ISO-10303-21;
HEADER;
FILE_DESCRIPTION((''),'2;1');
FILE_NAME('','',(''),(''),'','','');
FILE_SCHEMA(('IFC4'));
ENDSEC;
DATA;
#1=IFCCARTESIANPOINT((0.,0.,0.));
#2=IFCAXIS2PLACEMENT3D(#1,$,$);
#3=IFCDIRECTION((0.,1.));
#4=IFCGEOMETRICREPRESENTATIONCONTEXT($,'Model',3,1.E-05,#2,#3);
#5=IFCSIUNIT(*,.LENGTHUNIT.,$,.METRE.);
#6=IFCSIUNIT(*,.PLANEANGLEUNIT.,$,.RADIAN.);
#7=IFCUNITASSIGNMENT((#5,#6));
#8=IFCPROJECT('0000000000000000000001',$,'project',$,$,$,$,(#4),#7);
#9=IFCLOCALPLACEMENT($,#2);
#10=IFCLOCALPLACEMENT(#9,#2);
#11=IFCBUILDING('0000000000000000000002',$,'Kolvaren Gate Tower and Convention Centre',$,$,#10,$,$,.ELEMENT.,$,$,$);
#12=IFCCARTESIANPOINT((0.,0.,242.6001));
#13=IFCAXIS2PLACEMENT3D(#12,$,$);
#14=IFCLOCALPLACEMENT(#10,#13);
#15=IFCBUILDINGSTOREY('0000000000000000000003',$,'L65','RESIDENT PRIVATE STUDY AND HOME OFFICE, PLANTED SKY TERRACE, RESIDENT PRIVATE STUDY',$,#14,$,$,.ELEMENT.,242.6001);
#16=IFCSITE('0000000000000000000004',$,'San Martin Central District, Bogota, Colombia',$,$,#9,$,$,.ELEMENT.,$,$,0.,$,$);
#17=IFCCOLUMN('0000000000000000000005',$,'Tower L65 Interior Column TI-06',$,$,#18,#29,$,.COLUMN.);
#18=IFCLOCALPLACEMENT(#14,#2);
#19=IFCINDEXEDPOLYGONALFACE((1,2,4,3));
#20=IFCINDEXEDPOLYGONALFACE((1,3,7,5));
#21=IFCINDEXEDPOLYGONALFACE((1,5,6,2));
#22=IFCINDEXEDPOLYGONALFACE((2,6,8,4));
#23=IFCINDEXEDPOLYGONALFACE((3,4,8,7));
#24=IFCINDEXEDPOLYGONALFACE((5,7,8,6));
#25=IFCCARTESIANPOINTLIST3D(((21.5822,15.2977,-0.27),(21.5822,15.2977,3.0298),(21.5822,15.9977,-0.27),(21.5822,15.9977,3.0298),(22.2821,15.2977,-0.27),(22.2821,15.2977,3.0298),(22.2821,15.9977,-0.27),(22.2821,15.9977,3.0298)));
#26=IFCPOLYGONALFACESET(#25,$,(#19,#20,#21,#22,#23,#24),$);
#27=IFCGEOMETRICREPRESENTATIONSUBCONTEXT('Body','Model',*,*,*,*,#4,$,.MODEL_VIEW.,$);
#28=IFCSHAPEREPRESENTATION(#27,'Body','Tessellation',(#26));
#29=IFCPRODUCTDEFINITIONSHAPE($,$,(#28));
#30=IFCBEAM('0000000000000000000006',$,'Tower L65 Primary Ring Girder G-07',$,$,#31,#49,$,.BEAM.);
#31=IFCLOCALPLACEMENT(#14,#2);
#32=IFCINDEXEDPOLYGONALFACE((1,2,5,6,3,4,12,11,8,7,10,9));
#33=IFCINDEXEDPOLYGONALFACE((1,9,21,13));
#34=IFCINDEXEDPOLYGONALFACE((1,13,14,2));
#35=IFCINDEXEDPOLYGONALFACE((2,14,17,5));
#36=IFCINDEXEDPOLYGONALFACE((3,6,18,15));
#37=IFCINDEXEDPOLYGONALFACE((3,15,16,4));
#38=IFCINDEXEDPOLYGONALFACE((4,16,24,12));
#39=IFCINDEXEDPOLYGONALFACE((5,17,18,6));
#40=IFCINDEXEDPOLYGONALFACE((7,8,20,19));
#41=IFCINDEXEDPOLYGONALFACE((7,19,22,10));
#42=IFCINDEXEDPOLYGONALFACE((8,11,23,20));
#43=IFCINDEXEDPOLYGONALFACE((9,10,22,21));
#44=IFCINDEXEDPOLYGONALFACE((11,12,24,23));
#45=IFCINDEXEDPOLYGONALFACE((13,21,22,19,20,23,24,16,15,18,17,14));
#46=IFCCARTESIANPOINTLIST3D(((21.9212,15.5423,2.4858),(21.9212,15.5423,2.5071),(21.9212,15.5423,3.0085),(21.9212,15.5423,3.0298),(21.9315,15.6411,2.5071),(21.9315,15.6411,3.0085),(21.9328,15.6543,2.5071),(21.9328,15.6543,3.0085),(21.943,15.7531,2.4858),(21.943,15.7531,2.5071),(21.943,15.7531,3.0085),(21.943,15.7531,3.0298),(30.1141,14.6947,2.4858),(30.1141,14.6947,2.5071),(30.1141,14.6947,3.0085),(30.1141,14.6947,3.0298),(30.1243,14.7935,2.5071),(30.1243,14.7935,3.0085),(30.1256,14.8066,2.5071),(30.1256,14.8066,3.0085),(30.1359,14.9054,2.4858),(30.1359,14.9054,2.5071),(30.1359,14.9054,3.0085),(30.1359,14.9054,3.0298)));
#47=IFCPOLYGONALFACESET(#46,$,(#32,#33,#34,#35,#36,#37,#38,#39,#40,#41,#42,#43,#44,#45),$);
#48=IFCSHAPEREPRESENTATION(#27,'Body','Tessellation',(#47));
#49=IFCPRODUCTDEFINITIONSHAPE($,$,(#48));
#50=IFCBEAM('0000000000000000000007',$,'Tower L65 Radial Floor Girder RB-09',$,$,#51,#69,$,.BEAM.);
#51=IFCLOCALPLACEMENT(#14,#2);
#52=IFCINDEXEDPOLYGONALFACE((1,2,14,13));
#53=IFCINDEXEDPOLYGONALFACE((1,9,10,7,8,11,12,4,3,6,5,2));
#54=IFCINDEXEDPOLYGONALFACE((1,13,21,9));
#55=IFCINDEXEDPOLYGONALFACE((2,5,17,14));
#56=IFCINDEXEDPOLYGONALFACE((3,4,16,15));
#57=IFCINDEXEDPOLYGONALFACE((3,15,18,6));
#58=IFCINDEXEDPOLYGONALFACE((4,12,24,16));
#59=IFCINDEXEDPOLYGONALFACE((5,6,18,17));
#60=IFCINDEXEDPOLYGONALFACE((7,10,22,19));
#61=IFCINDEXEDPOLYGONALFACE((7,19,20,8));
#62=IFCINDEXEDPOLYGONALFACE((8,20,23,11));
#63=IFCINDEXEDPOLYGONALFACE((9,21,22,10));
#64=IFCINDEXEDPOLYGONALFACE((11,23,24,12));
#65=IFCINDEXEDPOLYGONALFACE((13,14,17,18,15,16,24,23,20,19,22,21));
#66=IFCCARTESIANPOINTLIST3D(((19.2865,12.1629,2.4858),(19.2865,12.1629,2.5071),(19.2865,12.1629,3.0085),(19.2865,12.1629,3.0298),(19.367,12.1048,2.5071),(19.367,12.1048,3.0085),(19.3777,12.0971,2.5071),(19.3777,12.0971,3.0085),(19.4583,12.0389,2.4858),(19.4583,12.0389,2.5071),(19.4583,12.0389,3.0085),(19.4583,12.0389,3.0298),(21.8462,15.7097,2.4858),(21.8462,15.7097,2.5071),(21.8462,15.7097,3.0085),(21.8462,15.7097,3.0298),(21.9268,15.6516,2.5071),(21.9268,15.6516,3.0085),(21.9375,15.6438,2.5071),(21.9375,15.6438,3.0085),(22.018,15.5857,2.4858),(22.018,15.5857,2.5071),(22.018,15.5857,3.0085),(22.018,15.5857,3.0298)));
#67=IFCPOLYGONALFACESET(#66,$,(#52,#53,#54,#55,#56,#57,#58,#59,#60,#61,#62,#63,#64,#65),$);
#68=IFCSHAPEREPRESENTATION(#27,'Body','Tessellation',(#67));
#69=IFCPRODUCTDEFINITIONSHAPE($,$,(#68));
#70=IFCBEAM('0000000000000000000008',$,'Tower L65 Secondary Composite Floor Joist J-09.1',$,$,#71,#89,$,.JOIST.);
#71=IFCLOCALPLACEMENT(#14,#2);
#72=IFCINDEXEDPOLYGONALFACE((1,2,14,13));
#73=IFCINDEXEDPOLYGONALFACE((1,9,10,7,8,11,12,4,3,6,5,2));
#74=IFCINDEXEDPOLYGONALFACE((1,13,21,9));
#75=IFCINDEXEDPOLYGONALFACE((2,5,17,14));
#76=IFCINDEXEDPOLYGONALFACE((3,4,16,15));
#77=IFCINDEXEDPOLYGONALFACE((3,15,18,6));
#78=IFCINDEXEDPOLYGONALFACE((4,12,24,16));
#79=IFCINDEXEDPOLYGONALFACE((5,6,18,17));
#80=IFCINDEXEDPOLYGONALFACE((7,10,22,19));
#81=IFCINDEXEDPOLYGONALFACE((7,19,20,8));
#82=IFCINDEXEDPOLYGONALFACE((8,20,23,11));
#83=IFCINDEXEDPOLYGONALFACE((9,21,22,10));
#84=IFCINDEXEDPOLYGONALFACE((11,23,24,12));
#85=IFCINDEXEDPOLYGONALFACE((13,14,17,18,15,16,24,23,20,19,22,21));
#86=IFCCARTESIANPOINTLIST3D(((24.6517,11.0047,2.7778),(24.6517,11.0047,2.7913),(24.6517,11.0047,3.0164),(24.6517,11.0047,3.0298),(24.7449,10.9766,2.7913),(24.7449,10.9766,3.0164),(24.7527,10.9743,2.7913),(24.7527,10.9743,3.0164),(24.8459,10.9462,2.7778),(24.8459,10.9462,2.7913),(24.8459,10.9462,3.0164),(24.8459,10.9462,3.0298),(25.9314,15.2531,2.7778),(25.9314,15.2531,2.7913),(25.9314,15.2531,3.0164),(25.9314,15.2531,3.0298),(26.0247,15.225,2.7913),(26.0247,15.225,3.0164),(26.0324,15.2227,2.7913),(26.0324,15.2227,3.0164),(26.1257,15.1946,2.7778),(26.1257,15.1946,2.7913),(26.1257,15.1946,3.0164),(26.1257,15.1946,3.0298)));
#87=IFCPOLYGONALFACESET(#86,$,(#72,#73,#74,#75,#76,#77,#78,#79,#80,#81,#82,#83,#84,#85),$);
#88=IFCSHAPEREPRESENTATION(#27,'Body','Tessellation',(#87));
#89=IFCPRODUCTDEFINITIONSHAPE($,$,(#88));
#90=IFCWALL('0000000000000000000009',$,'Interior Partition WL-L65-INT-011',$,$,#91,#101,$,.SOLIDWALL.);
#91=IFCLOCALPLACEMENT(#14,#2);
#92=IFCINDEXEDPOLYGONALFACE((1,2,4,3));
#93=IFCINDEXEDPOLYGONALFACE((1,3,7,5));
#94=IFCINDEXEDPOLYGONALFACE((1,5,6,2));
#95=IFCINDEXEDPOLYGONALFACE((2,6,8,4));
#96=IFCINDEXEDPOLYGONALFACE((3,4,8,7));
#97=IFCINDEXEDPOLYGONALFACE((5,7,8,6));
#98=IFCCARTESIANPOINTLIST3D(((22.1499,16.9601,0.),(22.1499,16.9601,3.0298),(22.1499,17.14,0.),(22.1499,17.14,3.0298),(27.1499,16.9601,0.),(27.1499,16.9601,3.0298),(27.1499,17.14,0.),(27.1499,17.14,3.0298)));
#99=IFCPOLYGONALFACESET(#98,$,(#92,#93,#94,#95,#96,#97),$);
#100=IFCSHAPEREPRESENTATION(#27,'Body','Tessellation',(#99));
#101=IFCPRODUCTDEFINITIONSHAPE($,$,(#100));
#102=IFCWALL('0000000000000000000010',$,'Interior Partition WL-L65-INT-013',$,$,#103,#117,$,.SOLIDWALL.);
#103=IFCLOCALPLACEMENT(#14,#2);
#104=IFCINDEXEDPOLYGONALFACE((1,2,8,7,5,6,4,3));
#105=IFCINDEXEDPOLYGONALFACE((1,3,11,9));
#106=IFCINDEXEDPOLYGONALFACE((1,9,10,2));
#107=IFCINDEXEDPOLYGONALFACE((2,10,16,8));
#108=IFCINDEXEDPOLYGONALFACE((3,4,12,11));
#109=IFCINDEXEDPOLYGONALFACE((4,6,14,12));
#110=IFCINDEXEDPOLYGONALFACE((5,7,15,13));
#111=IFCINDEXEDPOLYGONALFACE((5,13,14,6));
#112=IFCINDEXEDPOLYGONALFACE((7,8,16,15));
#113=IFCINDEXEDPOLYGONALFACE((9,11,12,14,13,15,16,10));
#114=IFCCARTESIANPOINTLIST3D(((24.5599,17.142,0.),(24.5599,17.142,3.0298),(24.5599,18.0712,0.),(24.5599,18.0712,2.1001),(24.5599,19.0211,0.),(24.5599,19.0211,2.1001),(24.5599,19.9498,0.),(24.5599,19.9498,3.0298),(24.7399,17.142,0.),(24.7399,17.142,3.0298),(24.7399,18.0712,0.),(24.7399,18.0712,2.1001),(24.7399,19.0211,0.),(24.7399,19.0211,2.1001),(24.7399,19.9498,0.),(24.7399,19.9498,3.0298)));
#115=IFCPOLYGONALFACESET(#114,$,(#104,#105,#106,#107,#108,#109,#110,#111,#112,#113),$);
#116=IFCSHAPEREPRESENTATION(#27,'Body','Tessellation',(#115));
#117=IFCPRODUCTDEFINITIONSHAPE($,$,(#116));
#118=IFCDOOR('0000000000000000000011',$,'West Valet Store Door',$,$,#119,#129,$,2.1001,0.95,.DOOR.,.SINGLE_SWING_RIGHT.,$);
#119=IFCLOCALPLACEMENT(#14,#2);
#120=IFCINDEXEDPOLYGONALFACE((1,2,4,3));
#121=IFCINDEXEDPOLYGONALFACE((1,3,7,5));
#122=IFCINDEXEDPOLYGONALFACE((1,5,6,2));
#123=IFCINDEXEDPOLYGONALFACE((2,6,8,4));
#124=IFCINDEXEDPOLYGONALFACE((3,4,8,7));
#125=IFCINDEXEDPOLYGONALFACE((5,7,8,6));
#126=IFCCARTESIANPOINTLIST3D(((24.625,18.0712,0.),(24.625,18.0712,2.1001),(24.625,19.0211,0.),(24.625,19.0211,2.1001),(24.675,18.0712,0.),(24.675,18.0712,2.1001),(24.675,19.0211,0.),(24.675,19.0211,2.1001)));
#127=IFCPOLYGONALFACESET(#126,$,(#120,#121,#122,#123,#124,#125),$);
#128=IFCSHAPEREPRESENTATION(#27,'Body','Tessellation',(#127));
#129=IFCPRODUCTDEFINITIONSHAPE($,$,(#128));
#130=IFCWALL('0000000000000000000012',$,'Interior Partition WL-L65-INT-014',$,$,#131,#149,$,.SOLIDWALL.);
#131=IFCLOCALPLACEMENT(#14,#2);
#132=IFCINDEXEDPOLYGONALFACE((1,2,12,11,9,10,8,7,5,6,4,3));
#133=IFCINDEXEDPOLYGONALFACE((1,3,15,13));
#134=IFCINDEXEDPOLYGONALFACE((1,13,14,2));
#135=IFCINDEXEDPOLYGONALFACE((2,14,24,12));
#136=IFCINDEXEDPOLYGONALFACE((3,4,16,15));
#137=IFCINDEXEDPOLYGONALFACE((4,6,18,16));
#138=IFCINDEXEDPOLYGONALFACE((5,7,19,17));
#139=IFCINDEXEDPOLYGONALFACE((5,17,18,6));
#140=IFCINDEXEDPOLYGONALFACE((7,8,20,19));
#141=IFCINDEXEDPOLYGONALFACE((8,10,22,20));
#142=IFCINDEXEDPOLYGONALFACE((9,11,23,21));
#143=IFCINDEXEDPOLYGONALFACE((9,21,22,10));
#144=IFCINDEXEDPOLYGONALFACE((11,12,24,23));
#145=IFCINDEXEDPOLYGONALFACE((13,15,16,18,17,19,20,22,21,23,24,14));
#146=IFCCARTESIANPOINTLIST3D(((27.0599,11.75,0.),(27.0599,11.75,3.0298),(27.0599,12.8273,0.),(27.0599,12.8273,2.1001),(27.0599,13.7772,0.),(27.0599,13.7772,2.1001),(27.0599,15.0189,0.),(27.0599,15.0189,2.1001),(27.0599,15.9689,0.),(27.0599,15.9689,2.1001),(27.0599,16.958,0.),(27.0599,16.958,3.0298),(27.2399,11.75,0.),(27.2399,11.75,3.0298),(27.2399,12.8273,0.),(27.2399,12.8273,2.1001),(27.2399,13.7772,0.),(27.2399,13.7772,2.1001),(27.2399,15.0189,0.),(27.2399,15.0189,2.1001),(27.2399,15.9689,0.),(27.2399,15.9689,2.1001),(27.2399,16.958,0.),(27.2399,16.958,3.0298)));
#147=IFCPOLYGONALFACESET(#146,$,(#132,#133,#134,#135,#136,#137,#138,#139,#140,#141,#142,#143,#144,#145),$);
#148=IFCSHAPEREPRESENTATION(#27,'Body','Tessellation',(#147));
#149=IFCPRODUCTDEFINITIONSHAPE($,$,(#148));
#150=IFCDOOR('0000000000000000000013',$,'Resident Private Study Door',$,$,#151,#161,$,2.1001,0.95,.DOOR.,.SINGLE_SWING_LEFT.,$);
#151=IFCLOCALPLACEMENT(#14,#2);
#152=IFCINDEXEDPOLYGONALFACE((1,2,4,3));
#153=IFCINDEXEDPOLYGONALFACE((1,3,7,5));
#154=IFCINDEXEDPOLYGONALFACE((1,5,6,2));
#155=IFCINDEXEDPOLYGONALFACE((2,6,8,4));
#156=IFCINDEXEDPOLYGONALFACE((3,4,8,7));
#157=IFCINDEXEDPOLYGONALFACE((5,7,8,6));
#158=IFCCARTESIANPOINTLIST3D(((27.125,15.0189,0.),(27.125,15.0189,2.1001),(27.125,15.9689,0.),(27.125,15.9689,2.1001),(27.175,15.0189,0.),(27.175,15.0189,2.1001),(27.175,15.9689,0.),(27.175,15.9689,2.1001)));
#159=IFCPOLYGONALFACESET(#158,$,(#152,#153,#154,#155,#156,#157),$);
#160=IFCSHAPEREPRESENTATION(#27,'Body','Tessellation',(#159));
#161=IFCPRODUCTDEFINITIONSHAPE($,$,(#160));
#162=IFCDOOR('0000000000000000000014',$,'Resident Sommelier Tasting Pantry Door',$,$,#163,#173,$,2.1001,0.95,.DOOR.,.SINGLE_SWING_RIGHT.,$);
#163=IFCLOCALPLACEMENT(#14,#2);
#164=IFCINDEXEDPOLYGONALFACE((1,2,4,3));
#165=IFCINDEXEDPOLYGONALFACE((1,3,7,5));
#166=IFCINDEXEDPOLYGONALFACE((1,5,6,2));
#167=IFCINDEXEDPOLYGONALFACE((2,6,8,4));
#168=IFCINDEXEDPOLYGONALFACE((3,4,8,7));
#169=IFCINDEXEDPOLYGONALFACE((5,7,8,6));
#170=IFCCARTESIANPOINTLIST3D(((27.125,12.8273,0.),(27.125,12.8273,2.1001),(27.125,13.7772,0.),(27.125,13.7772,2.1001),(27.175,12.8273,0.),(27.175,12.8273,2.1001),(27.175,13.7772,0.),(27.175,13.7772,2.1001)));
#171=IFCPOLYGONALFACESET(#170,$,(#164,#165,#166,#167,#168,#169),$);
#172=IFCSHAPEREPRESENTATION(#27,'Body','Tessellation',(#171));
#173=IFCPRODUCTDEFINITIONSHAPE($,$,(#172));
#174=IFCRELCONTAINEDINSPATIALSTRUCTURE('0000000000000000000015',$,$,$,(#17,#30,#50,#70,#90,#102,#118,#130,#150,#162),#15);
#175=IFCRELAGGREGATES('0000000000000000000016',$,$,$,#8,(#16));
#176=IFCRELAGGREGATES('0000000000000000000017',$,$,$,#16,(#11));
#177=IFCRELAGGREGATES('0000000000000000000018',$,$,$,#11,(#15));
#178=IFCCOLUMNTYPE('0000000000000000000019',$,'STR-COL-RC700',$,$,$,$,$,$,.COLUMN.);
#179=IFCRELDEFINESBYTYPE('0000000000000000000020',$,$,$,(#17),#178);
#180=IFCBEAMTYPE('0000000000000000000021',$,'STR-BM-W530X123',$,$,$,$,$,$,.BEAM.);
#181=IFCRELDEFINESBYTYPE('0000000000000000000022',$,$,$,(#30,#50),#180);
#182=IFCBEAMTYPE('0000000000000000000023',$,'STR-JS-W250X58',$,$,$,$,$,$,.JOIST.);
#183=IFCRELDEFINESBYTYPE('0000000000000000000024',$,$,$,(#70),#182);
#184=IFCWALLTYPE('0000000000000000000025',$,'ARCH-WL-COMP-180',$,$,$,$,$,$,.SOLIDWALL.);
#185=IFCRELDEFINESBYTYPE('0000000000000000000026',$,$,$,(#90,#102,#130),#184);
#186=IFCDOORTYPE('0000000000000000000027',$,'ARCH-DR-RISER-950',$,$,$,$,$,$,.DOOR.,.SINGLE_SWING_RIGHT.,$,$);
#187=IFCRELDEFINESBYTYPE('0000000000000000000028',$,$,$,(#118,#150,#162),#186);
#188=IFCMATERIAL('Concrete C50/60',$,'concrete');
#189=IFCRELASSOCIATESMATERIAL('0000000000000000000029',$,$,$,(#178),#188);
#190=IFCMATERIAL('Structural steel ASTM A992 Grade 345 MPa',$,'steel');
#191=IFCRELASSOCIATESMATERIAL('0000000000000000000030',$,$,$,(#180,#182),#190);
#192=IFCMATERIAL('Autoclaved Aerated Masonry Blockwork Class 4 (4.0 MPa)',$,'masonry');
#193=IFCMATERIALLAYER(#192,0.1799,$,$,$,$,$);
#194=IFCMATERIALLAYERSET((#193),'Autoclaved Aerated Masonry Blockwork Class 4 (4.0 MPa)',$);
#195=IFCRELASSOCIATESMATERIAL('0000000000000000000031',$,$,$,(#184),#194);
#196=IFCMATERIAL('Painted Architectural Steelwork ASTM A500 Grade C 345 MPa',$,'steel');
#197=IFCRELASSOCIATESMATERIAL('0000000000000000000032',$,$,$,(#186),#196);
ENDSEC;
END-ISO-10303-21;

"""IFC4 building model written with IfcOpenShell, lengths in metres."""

from ifc_helpers import new_model, si_unit, direction, frame, frame_2d, origin, origin_2d, place, context, subcontext, project, spatial, rectangle, i_section, extrude, material, layer, layer_set, material_profile, profile_set, type_object, element, fill, save


model = new_model("IFC4")

# Units and contexts
model_context = context("Model", 3, precision=1e-05, world=origin(), true_north=direction((0.0, 1.0)))
body_context = subcontext(model_context, "Body", "Model", "MODEL_VIEW")
ifc_project = project(units=[si_unit("LENGTHUNIT", "METRE"), si_unit("PLANEANGLEUNIT", "RADIAN")], contexts=[model_context])

# Site, building, storey
site_placement = place(None, origin())
site = spatial("IfcSite", under=ifc_project, at=site_placement, Name="San Martin Central District, Bogota, Colombia", CompositionType="ELEMENT", RefElevation=0.0)
building_placement = place(site_placement, origin())
building = spatial("IfcBuilding", under=site, at=building_placement, Name="Kolvaren Gate Tower and Convention Centre", CompositionType="ELEMENT")
storey_placement = place(building_placement, frame((0.0, 0.0, 242.6001)))
storey = spatial("IfcBuildingStorey", under=building, at=storey_placement, Name="L65", Description="RESIDENT PRIVATE STUDY AND HOME OFFICE, PLANTED SKY TERRACE, RESIDENT PRIVATE STUDY", CompositionType="ELEMENT", Elevation=242.6001)

# Column
ifc_material_1 = material(Name="Concrete C50/60", Category="concrete")
ifc_material_profile_1 = material_profile(ifc_material_1, rectangle(XDim=0.7, YDim=0.7, at=origin_2d()), Name="RC-COL-700X700")
ifc_profile_set_1 = profile_set([ifc_material_profile_1], Name="Concrete C50/60")
column_type = type_object("IfcColumnType", Name="STR-COL-RC700", PredefinedType="COLUMN", material=ifc_profile_set_1)
column_placement = place(storey_placement, frame((21.9321, 15.6477, -0.27), z_axis=(0.0, 0.0, 1.0), x_axis=(1.0, 0.0, 0.0)))
element("IfcColumn", 1, at=column_placement, inside=storey, type_object=column_type, Name="Tower L65 Interior Column TI-06", PredefinedType="COLUMN", context=body_context, shape_type="SweptSolid", body=[
    extrude(rectangle(XDim=0.7, YDim=0.7, at=origin_2d()), origin(), (0.0, 0.0, 1.0), 3.2998),
])

# Beams
ifc_material_2 = material(Name="Structural steel ASTM A992 Grade 345 MPa", Category="steel")
ifc_material_profile_2 = material_profile(ifc_material_2, i_section(OverallWidth=0.2119, OverallDepth=0.5439, WebThickness=0.0132, FlangeThickness=0.0212, at=origin_2d()), Name="W530X123")
ifc_profile_set_2 = profile_set([ifc_material_profile_2], Name="Structural steel ASTM A992 Grade 345 MPa")
beam_type_1 = type_object("IfcBeamType", Name="STR-BM-W530X123", PredefinedType="BEAM", material=ifc_profile_set_2)
beam_1_placement = place(storey_placement, frame((21.9321, 15.6477, 2.7578), z_axis=(0.99469, -0.102913, 0.0), x_axis=(0.102913, 0.99469, 0.0)))
element("IfcBeam", 2, at=beam_1_placement, inside=storey, type_object=beam_type_1, Name="Tower L65 Primary Ring Girder G-07", PredefinedType="BEAM", context=body_context, shape_type="SweptSolid", body=[
    extrude(i_section(OverallWidth=0.2119, OverallDepth=0.5439, WebThickness=0.0132, FlangeThickness=0.0212, at=origin_2d()), origin(), (0.0, 0.0, 1.0), 8.2366),
])
beam_2_placement = place(storey_placement, frame((21.9321, 15.6477, 2.7578), z_axis=(-0.585217, -0.810876, 0.0), x_axis=(0.810876, -0.585217, 0.0)))
element("IfcBeam", 3, at=beam_2_placement, inside=storey, type_object=beam_type_1, Name="Tower L65 Radial Floor Girder RB-09", PredefinedType="BEAM", context=body_context, shape_type="SweptSolid", body=[
    extrude(i_section(OverallWidth=0.2119, OverallDepth=0.5439, WebThickness=0.0132, FlangeThickness=0.0212, at=origin_2d()), origin(), (0.0, 0.0, 1.0), 4.374),
])
ifc_material_profile_3 = material_profile(ifc_material_2, i_section(OverallWidth=0.2029, OverallDepth=0.252, WebThickness=0.0081, FlangeThickness=0.0134, at=origin_2d()), Name="W250X58")
ifc_profile_set_3 = profile_set([ifc_material_profile_3], Name="Structural steel ASTM A992 Grade 345 MPa")
beam_type_2 = type_object("IfcBeamType", Name="STR-JS-W250X58", PredefinedType="JOIST", material=ifc_profile_set_3)
beam_3_placement = place(storey_placement, frame((26.0286, 15.2239, 2.9038), z_axis=(-0.288428, -0.957502, 0.0), x_axis=(0.957502, -0.288428, 0.0)))
element("IfcBeam", 4, at=beam_3_placement, inside=storey, type_object=beam_type_2, Name="Tower L65 Secondary Composite Floor Joist J-09.1", PredefinedType="JOIST", context=body_context, shape_type="SweptSolid", body=[
    extrude(i_section(OverallWidth=0.2029, OverallDepth=0.252, WebThickness=0.0081, FlangeThickness=0.0134, at=origin_2d()), origin(), (0.0, 0.0, 1.0), 4.437),
])

# Wall
ifc_material_3 = material(Name="Autoclaved Aerated Masonry Blockwork Class 4 (4.0 MPa)", Category="masonry")
ifc_layer_1 = layer(ifc_material_3, 0.1799)
ifc_layer_set_1 = layer_set([ifc_layer_1], Name="Autoclaved Aerated Masonry Blockwork Class 4 (4.0 MPa)")
wall_type_1 = type_object("IfcWallType", Name="ARCH-WL-COMP-180", PredefinedType="SOLIDWALL", material=ifc_layer_set_1)
wall_1_placement = place(storey_placement, frame((22.1499, 17.05, 0.0), z_axis=(0.0, 0.0, 1.0), x_axis=(1.0, 0.0, 0.0)))
element("IfcWall", 5, at=wall_1_placement, inside=storey, type_object=wall_type_1, Name="Interior Partition WL-L65-INT-011", PredefinedType="SOLIDWALL", context=body_context, shape_type="SweptSolid", body=[
    extrude(rectangle(XDim=5.0, YDim=0.1799, at=frame_2d((2.5, 0.0))), origin(), (0.0, 0.0, 1.0), 3.0298),
])

# Wall, opening, door
wall_2_placement = place(storey_placement, frame((24.6499, 17.1421, 0.0), z_axis=(0.0, 0.0, 1.0), x_axis=(0.0, 1.0, 0.0)))
wall_2 = element("IfcWall", 6, at=wall_2_placement, inside=storey, type_object=wall_type_1, Name="Interior Partition WL-L65-INT-013", PredefinedType="SOLIDWALL", context=body_context, shape_type="SweptSolid", body=[
    extrude(rectangle(XDim=2.8079, YDim=0.1799, at=frame_2d((1.4038, 0.0))), origin(), (0.0, 0.0, 1.0), 3.0298),
])
opening_1_placement = place(wall_2_placement, frame((0.929, 0.0, 0.0)))
opening_1 = element("IfcOpeningElement", 7, at=opening_1_placement, cuts=wall_2, PredefinedType="OPENING", context=body_context, shape_type="SweptSolid", body=[
    extrude(rectangle(XDim=0.95, YDim=2.1001, at=frame_2d((0.4751, 1.05))), frame((0.0, 0.0999, 0.0), z_axis=(0.0, -1.0, 0.0), x_axis=(1.0, 0.0, 0.0)), (0.0, 0.0, 1.0), 0.2),
])
ifc_material_4 = material(Name="Painted Architectural Steelwork ASTM A500 Grade C 345 MPa", Category="steel")
door_type_1 = type_object("IfcDoorType", Name="ARCH-DR-RISER-950", OperationType="SINGLE_SWING_RIGHT", PredefinedType="DOOR", material=ifc_material_4)
door_1_placement = place(opening_1_placement, origin())
door_1 = element("IfcDoor", 8, at=door_1_placement, inside=storey, type_object=door_type_1, Name="West Valet Store Door", OperationType="SINGLE_SWING_RIGHT", OverallHeight=2.1001, OverallWidth=0.95, PredefinedType="DOOR", context=body_context, shape_type="SweptSolid", body=[
    extrude(rectangle(XDim=0.95, YDim=2.1001, at=frame_2d((0.4751, 1.05))), frame((0.0, 0.0249, 0.0), z_axis=(0.0, -1.0, 0.0), x_axis=(1.0, 0.0, 0.0)), (0.0, 0.0, 1.0), 0.05),
])
fill(opening_1, door_1)

# Wall, openings, doors
wall_3_placement = place(storey_placement, frame((27.1499, 11.75, 0.0), z_axis=(0.0, 0.0, 1.0), x_axis=(0.0, 1.0, 0.0)))
wall_3 = element("IfcWall", 9, at=wall_3_placement, inside=storey, type_object=wall_type_1, Name="Interior Partition WL-L65-INT-014", PredefinedType="SOLIDWALL", context=body_context, shape_type="SweptSolid", body=[
    extrude(rectangle(XDim=5.208, YDim=0.1799, at=frame_2d((2.604, 0.0))), origin(), (0.0, 0.0, 1.0), 3.0298),
])
opening_2_placement = place(wall_3_placement, frame((3.2688, 0.0, 0.0)))
opening_2 = element("IfcOpeningElement", 10, at=opening_2_placement, cuts=wall_3, PredefinedType="OPENING", context=body_context, shape_type="SweptSolid", body=[
    extrude(rectangle(XDim=0.95, YDim=2.1001, at=frame_2d((0.4751, 1.05))), frame((0.0, 0.0999, 0.0), z_axis=(0.0, -1.0, 0.0), x_axis=(1.0, 0.0, 0.0)), (0.0, 0.0, 1.0), 0.2),
])
opening_3_placement = place(wall_3_placement, frame((1.0771, 0.0, 0.0)))
opening_3 = element("IfcOpeningElement", 11, at=opening_3_placement, cuts=wall_3, PredefinedType="OPENING", context=body_context, shape_type="SweptSolid", body=[
    extrude(rectangle(XDim=0.95, YDim=2.1001, at=frame_2d((0.4751, 1.05))), frame((0.0, 0.0999, 0.0), z_axis=(0.0, -1.0, 0.0), x_axis=(1.0, 0.0, 0.0)), (0.0, 0.0, 1.0), 0.2),
])
door_2_placement = place(opening_2_placement, origin())
door_2 = element("IfcDoor", 12, at=door_2_placement, inside=storey, type_object=door_type_1, Name="Resident Private Study Door", OperationType="SINGLE_SWING_LEFT", OverallHeight=2.1001, OverallWidth=0.95, PredefinedType="DOOR", context=body_context, shape_type="SweptSolid", body=[
    extrude(rectangle(XDim=0.95, YDim=2.1001, at=frame_2d((0.4751, 1.05))), frame((0.0, 0.0249, 0.0), z_axis=(0.0, -1.0, 0.0), x_axis=(1.0, 0.0, 0.0)), (0.0, 0.0, 1.0), 0.05),
])
fill(opening_2, door_2)
door_3_placement = place(opening_3_placement, origin())
door_3 = element("IfcDoor", 13, at=door_3_placement, inside=storey, type_object=door_type_1, Name="Resident Sommelier Tasting Pantry Door", OperationType="SINGLE_SWING_RIGHT", OverallHeight=2.1001, OverallWidth=0.95, PredefinedType="DOOR", context=body_context, shape_type="SweptSolid", body=[
    extrude(rectangle(XDim=0.95, YDim=2.1001, at=frame_2d((0.4751, 1.05))), frame((0.0, 0.0249, 0.0), z_axis=(0.0, -1.0, 0.0), x_axis=(1.0, 0.0, 0.0)), (0.0, 0.0, 1.0), 0.05),
])
fill(opening_3, door_3)

save(model, "model.ifc")
